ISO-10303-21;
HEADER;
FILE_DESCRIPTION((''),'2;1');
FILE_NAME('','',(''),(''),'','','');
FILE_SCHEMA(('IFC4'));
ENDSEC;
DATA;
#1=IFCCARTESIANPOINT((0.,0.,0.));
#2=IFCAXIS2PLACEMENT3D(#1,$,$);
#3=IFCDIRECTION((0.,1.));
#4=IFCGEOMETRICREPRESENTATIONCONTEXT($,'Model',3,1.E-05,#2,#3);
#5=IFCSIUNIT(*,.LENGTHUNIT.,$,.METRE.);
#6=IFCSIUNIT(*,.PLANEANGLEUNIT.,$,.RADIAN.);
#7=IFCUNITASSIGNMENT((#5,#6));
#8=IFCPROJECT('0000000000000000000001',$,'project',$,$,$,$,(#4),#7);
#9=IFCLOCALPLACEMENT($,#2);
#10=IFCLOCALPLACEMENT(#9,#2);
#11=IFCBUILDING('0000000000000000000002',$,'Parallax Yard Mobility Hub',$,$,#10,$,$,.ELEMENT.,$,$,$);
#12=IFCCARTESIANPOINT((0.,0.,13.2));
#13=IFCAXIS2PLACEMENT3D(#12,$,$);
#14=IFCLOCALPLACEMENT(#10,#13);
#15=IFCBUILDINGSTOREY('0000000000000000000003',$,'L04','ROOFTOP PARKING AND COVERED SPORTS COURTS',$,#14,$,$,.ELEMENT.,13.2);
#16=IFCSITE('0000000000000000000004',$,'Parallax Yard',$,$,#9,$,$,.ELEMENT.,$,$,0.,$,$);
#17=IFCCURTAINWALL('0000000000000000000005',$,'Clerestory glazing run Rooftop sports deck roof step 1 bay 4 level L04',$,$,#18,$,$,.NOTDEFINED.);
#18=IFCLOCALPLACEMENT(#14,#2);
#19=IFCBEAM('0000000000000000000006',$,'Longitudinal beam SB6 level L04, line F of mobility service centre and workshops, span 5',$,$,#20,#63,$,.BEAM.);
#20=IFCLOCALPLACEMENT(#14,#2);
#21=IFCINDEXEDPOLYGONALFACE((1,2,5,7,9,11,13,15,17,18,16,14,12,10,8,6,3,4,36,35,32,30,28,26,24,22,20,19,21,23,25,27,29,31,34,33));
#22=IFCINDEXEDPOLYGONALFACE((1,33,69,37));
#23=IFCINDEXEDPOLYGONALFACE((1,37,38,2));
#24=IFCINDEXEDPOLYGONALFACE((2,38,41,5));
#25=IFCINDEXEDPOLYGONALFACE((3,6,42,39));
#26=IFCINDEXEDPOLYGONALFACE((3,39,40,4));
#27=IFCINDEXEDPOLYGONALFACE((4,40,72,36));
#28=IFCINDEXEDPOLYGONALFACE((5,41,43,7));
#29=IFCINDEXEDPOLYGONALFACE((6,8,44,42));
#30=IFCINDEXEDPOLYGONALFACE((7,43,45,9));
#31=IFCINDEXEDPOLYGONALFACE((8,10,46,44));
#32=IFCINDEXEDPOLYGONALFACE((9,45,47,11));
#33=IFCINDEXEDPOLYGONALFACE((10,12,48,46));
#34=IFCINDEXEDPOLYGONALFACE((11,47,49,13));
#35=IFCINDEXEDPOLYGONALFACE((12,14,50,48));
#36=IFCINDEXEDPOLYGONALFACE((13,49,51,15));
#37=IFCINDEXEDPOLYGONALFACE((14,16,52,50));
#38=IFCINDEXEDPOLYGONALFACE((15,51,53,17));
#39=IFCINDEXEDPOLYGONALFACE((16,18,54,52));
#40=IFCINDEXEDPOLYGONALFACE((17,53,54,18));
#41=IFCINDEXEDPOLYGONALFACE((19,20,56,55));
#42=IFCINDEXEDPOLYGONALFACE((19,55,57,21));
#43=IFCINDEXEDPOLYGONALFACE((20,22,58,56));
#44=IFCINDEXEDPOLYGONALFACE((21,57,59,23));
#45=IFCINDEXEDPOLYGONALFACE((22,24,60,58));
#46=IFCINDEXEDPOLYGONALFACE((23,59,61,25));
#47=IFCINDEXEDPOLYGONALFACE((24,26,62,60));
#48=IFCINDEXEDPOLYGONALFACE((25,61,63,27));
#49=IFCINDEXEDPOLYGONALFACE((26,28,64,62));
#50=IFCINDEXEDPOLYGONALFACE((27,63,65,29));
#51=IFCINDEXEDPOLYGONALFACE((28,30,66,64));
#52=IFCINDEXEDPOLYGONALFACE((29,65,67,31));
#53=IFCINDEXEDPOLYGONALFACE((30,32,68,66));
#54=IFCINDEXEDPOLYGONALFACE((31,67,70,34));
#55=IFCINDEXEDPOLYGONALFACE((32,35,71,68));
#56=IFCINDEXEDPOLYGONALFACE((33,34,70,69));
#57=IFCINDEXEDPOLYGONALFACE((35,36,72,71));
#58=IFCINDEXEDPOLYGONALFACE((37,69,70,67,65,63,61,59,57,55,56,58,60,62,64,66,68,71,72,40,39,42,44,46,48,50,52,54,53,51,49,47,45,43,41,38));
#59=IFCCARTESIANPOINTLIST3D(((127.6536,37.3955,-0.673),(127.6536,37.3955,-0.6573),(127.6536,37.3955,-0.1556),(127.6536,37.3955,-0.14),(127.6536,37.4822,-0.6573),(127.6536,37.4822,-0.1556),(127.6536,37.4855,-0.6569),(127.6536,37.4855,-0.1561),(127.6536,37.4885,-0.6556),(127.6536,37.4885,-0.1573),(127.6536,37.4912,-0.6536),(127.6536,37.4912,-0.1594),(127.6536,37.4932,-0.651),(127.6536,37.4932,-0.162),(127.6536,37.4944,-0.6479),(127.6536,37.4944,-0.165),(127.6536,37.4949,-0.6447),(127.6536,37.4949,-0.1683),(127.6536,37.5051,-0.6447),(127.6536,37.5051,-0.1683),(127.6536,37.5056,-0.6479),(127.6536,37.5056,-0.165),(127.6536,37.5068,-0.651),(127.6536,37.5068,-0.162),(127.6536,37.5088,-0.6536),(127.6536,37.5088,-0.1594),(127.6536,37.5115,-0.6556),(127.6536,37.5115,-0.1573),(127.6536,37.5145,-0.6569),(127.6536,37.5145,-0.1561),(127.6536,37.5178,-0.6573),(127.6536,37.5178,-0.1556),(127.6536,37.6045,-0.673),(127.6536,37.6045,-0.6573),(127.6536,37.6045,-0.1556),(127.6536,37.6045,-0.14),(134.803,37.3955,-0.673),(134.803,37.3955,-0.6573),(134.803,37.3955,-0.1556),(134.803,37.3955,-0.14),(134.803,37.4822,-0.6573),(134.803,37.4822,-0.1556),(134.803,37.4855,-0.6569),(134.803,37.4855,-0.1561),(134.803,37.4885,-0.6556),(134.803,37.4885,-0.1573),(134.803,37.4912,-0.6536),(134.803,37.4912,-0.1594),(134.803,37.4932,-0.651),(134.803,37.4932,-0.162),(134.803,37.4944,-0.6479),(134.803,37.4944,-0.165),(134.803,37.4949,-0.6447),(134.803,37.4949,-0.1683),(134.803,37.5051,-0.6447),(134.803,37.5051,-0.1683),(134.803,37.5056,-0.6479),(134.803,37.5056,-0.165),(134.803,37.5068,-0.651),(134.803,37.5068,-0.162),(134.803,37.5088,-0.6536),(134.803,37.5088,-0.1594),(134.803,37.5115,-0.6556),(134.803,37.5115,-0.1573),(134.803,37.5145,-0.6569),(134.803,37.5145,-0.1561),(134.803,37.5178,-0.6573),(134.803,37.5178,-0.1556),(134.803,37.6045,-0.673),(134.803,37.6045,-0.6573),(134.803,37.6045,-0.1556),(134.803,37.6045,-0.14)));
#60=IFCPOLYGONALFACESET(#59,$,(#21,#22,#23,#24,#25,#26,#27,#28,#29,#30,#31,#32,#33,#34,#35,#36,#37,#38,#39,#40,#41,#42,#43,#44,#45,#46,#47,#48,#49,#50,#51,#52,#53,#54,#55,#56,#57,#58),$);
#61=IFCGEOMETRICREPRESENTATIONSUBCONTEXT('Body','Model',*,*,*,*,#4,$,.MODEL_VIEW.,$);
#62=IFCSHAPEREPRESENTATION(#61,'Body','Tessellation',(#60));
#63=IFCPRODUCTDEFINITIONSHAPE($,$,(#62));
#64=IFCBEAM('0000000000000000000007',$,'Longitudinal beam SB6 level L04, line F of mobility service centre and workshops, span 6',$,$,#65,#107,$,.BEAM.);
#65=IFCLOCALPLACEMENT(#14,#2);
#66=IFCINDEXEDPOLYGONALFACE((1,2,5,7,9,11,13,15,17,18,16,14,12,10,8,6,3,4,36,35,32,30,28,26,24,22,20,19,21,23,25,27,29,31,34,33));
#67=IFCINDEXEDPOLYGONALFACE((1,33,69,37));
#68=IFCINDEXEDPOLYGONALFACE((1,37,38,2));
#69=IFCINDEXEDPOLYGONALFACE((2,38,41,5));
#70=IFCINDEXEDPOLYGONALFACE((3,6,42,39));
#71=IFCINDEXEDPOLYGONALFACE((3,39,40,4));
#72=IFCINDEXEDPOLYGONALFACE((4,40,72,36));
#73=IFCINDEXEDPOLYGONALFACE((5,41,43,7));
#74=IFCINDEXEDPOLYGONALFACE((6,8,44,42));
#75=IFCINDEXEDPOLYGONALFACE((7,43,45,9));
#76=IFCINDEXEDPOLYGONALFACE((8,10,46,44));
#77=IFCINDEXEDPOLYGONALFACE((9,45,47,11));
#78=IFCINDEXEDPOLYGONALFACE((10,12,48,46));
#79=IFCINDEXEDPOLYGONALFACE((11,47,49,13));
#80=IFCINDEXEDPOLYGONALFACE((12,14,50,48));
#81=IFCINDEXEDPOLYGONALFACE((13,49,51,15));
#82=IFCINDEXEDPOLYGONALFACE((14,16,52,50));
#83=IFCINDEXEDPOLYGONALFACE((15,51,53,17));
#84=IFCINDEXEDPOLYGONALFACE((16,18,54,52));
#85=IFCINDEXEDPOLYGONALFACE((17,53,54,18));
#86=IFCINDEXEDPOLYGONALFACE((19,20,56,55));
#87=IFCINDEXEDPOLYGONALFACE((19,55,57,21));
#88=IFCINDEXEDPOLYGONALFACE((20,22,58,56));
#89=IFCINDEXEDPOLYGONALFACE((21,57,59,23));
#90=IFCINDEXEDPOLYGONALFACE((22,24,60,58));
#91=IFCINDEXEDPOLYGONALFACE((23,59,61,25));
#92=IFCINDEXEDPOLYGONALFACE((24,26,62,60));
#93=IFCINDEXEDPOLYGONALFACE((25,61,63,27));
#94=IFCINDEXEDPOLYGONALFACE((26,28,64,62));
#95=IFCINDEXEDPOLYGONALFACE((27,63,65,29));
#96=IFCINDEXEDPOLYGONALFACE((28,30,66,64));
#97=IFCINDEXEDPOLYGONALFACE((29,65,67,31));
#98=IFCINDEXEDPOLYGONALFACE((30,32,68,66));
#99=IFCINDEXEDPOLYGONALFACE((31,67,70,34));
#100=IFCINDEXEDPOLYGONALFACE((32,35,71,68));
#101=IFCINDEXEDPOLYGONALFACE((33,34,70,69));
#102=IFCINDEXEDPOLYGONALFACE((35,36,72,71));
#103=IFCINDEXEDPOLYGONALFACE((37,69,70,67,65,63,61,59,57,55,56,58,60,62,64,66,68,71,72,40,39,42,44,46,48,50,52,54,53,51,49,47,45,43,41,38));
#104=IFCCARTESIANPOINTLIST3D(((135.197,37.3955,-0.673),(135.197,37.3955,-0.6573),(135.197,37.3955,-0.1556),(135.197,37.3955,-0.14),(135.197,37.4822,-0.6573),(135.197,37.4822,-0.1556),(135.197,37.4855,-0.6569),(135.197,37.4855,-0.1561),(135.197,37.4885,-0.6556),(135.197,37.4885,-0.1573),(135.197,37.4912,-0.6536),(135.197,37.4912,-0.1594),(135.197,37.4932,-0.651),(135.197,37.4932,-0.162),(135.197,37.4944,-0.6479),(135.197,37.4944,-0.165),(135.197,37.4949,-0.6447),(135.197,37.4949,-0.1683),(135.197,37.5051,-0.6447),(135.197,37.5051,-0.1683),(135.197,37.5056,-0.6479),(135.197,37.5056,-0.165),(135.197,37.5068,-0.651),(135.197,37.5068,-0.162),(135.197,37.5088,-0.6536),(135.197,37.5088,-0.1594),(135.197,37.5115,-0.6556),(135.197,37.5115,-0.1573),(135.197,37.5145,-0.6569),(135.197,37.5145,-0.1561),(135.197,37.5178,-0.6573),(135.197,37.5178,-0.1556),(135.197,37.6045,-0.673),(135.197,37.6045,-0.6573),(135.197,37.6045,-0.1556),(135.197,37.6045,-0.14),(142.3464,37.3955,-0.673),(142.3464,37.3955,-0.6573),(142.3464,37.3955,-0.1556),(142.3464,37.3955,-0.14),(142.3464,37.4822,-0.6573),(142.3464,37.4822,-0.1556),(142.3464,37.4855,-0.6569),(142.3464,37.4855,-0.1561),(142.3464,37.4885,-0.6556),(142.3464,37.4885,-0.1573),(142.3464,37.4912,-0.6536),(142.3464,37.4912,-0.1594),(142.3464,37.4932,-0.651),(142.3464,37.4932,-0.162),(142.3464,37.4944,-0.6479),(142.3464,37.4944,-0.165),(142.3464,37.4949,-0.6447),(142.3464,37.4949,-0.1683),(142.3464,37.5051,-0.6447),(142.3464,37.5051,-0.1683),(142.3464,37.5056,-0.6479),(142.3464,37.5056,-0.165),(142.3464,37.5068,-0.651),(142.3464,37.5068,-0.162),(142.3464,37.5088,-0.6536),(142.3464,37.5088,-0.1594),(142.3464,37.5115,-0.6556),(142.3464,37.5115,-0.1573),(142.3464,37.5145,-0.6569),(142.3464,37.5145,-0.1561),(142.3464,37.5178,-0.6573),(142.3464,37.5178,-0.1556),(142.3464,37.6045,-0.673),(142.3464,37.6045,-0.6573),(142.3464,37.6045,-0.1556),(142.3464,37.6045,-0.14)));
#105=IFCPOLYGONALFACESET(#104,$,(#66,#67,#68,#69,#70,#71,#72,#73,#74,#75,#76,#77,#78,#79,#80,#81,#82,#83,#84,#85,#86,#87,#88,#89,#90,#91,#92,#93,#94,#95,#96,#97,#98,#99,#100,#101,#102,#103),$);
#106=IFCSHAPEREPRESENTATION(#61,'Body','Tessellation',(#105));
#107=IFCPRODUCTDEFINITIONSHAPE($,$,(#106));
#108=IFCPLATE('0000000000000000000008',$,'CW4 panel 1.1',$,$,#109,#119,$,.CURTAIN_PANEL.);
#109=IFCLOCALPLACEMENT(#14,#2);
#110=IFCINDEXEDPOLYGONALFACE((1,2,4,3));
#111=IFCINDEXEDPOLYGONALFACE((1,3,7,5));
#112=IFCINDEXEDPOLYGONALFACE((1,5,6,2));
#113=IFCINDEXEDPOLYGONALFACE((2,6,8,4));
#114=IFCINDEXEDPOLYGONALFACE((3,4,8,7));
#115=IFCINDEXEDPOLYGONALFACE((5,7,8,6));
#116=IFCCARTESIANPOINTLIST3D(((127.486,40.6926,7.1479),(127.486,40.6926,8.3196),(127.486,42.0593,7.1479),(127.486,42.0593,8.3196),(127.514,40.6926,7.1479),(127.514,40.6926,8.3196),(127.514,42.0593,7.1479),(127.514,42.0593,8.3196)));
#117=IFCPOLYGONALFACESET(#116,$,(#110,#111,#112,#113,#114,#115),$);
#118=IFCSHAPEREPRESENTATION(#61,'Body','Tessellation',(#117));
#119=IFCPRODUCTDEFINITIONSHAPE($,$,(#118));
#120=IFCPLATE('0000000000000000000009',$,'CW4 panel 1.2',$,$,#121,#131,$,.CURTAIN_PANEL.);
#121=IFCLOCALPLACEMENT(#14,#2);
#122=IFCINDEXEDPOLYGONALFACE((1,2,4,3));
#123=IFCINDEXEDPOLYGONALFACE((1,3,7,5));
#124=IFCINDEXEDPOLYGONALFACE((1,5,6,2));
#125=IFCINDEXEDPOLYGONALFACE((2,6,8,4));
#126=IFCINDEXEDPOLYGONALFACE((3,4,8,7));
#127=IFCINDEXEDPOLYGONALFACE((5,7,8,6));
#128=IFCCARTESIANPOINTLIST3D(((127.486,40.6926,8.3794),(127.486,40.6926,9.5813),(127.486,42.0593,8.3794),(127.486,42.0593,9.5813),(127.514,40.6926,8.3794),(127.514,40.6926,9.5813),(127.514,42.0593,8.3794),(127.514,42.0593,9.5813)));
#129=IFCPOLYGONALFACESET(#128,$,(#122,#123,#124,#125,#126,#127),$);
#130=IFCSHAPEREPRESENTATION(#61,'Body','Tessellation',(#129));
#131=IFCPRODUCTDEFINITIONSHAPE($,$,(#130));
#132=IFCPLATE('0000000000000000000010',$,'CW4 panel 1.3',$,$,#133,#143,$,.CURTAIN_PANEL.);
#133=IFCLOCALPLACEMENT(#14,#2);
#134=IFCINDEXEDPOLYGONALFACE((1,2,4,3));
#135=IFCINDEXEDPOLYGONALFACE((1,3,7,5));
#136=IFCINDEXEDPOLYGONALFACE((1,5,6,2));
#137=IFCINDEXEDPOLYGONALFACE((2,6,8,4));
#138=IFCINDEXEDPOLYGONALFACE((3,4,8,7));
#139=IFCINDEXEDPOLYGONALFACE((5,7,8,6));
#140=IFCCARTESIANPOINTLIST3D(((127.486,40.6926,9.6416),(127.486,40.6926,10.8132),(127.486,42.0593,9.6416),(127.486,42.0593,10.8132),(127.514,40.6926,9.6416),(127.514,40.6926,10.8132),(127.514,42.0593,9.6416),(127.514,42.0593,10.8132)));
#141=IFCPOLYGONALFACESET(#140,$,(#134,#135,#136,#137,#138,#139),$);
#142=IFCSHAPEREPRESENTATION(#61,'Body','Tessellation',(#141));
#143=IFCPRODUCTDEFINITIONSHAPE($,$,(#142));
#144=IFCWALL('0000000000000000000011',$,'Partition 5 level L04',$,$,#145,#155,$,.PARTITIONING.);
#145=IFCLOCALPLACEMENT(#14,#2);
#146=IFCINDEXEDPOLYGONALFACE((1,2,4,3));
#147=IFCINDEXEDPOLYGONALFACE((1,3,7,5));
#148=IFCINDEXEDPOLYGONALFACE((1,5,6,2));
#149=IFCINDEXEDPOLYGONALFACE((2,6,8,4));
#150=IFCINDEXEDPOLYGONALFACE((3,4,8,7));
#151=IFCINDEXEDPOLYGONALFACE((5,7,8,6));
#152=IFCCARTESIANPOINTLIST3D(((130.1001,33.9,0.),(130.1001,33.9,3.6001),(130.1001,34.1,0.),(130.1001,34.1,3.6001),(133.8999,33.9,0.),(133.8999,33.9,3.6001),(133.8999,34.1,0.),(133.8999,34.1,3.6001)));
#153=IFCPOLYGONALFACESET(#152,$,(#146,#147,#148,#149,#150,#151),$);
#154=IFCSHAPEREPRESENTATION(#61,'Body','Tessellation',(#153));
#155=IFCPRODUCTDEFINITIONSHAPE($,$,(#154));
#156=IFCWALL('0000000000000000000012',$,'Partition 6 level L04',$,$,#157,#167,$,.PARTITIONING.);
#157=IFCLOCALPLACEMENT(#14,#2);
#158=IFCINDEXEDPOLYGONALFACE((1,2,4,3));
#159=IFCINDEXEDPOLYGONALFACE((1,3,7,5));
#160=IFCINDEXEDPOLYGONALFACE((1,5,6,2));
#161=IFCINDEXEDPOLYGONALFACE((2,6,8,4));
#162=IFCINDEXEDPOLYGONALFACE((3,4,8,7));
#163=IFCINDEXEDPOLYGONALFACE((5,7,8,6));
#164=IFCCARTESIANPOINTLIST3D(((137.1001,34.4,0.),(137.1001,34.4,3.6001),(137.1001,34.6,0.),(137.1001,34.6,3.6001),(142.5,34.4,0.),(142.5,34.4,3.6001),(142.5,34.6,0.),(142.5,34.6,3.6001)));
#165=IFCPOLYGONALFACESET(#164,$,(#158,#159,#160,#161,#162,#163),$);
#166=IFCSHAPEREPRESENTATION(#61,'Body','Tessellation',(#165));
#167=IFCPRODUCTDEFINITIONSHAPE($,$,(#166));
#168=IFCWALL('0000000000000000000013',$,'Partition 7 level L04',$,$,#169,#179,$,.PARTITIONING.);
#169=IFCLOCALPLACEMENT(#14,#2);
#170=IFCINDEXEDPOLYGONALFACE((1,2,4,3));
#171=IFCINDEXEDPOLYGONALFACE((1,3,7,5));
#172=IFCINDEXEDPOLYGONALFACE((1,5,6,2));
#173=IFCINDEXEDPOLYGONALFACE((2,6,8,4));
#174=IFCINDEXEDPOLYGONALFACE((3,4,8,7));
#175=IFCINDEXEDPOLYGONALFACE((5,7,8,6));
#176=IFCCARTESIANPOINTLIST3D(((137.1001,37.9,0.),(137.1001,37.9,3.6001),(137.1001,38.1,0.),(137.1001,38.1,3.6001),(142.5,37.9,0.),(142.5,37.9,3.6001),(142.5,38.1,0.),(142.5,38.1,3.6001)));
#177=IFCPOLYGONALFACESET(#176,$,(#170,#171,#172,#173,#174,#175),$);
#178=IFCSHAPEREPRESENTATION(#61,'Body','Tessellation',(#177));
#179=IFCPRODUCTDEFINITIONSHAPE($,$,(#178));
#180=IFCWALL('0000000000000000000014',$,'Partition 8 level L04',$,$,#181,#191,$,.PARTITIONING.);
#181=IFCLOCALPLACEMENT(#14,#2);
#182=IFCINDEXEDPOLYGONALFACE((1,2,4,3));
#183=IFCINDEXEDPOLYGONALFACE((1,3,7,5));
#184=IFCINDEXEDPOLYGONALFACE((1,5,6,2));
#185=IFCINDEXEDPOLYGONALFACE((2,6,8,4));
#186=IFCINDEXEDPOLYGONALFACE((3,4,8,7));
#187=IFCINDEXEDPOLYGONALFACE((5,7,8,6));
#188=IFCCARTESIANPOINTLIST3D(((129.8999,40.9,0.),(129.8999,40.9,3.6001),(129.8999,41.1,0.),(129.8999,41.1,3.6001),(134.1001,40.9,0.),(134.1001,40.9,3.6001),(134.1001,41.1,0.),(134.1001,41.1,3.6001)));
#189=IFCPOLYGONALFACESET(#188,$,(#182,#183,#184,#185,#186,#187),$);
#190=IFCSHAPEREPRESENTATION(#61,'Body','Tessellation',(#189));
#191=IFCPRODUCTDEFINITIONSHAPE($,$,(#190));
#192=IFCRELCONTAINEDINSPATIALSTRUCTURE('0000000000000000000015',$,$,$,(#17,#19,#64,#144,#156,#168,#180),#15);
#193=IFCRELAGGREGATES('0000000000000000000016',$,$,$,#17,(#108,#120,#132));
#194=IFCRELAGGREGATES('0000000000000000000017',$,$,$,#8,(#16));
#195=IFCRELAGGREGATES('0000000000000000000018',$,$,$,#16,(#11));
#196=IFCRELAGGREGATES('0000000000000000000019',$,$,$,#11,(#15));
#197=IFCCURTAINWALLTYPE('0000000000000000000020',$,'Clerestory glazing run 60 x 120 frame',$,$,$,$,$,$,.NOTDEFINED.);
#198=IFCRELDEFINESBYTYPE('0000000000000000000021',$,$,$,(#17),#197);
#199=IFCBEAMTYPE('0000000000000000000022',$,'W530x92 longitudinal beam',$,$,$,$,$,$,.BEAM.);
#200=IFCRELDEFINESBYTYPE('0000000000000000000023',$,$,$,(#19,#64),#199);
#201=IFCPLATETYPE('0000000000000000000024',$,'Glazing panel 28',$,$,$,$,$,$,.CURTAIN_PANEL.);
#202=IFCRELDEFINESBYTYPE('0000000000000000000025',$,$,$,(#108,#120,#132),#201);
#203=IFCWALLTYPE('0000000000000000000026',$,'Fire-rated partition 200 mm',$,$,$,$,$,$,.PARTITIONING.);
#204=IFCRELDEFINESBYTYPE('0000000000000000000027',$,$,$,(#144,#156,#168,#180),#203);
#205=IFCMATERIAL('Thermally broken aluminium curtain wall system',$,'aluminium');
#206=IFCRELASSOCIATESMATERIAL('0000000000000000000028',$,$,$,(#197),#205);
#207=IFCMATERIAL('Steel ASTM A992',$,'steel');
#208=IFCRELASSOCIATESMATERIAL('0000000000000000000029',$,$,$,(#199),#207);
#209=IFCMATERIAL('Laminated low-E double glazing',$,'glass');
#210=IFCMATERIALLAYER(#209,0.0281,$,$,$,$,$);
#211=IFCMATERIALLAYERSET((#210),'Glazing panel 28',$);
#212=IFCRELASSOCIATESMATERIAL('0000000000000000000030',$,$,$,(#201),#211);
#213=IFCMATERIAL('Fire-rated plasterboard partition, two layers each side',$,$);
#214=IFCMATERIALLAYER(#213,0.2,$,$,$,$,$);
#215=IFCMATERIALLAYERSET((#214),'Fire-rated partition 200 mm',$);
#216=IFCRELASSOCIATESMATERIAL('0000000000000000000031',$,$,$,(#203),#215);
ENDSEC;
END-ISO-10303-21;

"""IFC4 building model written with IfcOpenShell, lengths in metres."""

from ifc_helpers import new_model, si_unit, direction, frame, frame_2d, origin, origin_2d, place, context, subcontext, project, spatial, rectangle, i_section, extrude, material, layer, layer_set, material_profile, profile_set, type_object, element, aggregate, save


model = new_model("IFC4")

# Units and contexts
model_context = context("Model", 3, precision=1e-05, world=origin(), true_north=direction((0.0, 1.0)))
body_context = subcontext(model_context, "Body", "Model", "MODEL_VIEW")
ifc_project = project(units=[si_unit("LENGTHUNIT", "METRE"), si_unit("PLANEANGLEUNIT", "RADIAN")], contexts=[model_context])

# Site, building, storey
site_placement = place(None, origin())
site = spatial("IfcSite", under=ifc_project, at=site_placement, Name="Parallax Yard", CompositionType="ELEMENT", RefElevation=0.0)
building_placement = place(site_placement, origin())
building = spatial("IfcBuilding", under=site, at=building_placement, Name="Parallax Yard Mobility Hub", CompositionType="ELEMENT")
storey_placement = place(building_placement, frame((0.0, 0.0, 13.2)))
storey = spatial("IfcBuildingStorey", under=building, at=storey_placement, Name="L04", Description="ROOFTOP PARKING AND COVERED SPORTS COURTS", CompositionType="ELEMENT", Elevation=13.2)

# Shared definitions
ifc_material_1 = material(Name="Steel ASTM A992", Category="steel")

# Shared definitions
ifc_material_2 = material(Name="Thermally broken aluminium curtain wall system", Category="aluminium")

# Curtain wall
curtain_wall_type_1 = type_object("IfcCurtainWallType", Name="Clerestory glazing run 60 x 120 frame", PredefinedType="NOTDEFINED", material=ifc_material_2)
curtain_wall_1_placement = place(storey_placement, origin())
curtain_wall_1 = element("IfcCurtainWall", 1, at=curtain_wall_1_placement, inside=storey, type_object=curtain_wall_type_1, Name="Clerestory glazing run Rooftop sports deck roof step 1 bay 4 level L04", PredefinedType="NOTDEFINED")

# Beams
ifc_material_profile_1 = material_profile(ifc_material_1, i_section(OverallWidth=0.209, OverallDepth=0.533, WebThickness=0.0103, FlangeThickness=0.0156, FilletRadius=0.0127, at=origin_2d()), Name="W530x92")
ifc_profile_set_1 = profile_set([ifc_material_profile_1], Name="Steel ASTM A992")
beam_type_1 = type_object("IfcBeamType", Name="W530x92 longitudinal beam", PredefinedType="BEAM", material=ifc_profile_set_1)
for number, where, z_axis, x_axis, name in (
    (2, (127.6536, 37.5, -0.4065), (1.0, 0.0, 0.0), (0.0, 1.0, 0.0), "Longitudinal beam SB6 level L04, line F of mobility service centre and workshops, span 5"),
    (3, (135.197, 37.5, -0.4065), (1.0, 0.0, 0.0), (0.0, 1.0, 0.0), "Longitudinal beam SB6 level L04, line F of mobility service centre and workshops, span 6"),
):
    element("IfcBeam", number, at=place(storey_placement, frame(where, z_axis=z_axis, x_axis=x_axis)), inside=storey, type_object=beam_type_1, Name=name, PredefinedType="BEAM", context=body_context, shape_type="SweptSolid", body=[
        extrude(i_section(OverallWidth=0.209, OverallDepth=0.533, WebThickness=0.0103, FlangeThickness=0.0156, FilletRadius=0.0127, at=origin_2d()), origin(), (0.0, 0.0, 1.0), 7.1494),
    ])

# Plates
ifc_material_3 = material(Name="Laminated low-E double glazing", Category="glass")
ifc_layer_1 = layer(ifc_material_3, 0.0281)
ifc_layer_set_1 = layer_set([ifc_layer_1], Name="Glazing panel 28")
plate_type = type_object("IfcPlateType", Name="Glazing panel 28", PredefinedType="CURTAIN_PANEL", material=ifc_layer_set_1)
plate_1_placement = place(storey_placement, frame((127.5, 41.376, 7.1479), z_axis=(0.0, 0.0, 1.0), x_axis=(0.0, 1.0, 0.0)))
plate_1 = element("IfcPlate", 4, at=plate_1_placement, type_object=plate_type, Name="CW4 panel 1.1", PredefinedType="CURTAIN_PANEL", context=body_context, shape_type="SweptSolid", body=[
    extrude(rectangle(XDim=1.3667, YDim=0.0281, at=origin_2d()), origin(), (0.0, 0.0, 1.0), 1.1716),
])
plate_2_placement = place(storey_placement, frame((127.5, 41.376, 8.3794), z_axis=(0.0, 0.0, 1.0), x_axis=(0.0, 1.0, 0.0)))
plate_2 = element("IfcPlate", 5, at=plate_2_placement, type_object=plate_type, Name="CW4 panel 1.2", PredefinedType="CURTAIN_PANEL", context=body_context, shape_type="SweptSolid", body=[
    extrude(rectangle(XDim=1.3667, YDim=0.0281, at=origin_2d()), origin(), (0.0, 0.0, 1.0), 1.2019),
])
plate_3_placement = place(storey_placement, frame((127.5, 41.376, 9.6416), z_axis=(0.0, 0.0, 1.0), x_axis=(0.0, 1.0, 0.0)))
plate_3 = element("IfcPlate", 6, at=plate_3_placement, type_object=plate_type, Name="CW4 panel 1.3", PredefinedType="CURTAIN_PANEL", context=body_context, shape_type="SweptSolid", body=[
    extrude(rectangle(XDim=1.3667, YDim=0.0281, at=origin_2d()), origin(), (0.0, 0.0, 1.0), 1.1716),
])
aggregate(curtain_wall_1, [plate_1, plate_2, plate_3])

# Walls
ifc_material_4 = material(Name="Fire-rated plasterboard partition, two layers each side")
ifc_layer_2 = layer(ifc_material_4, 0.2)
ifc_layer_set_2 = layer_set([ifc_layer_2], Name="Fire-rated partition 200 mm")
wall_type = type_object("IfcWallType", Name="Fire-rated partition 200 mm", PredefinedType="PARTITIONING", material=ifc_layer_set_2)
wall_1_placement = place(storey_placement, frame((130.1001, 34.0, 0.0), z_axis=(0.0, 0.0, 1.0), x_axis=(1.0, 0.0, 0.0)))
element("IfcWall", 7, at=wall_1_placement, inside=storey, type_object=wall_type, Name="Partition 5 level L04", PredefinedType="PARTITIONING", context=body_context, shape_type="SweptSolid", body=[
    extrude(rectangle(XDim=3.7998, YDim=0.2, at=frame_2d((1.8999, 0.0))), origin(), (0.0, 0.0, 1.0), 3.6001),
])
for number, where, z_axis, x_axis, name in (
    (8, (137.1001, 34.5, 0.0), (0.0, 0.0, 1.0), (1.0, 0.0, 0.0), "Partition 6 level L04"),
    (9, (137.1001, 38.0, 0.0), (0.0, 0.0, 1.0), (1.0, 0.0, 0.0), "Partition 7 level L04"),
):
    element("IfcWall", number, at=place(storey_placement, frame(where, z_axis=z_axis, x_axis=x_axis)), inside=storey, type_object=wall_type, Name=name, PredefinedType="PARTITIONING", context=body_context, shape_type="SweptSolid", body=[
        extrude(rectangle(XDim=5.3999, YDim=0.2, at=frame_2d((2.7, 0.0))), origin(), (0.0, 0.0, 1.0), 3.6001),
    ])
wall_2_placement = place(storey_placement, frame((129.8999, 41.0, 0.0), z_axis=(0.0, 0.0, 1.0), x_axis=(1.0, 0.0, 0.0)))
element("IfcWall", 10, at=wall_2_placement, inside=storey, type_object=wall_type, Name="Partition 8 level L04", PredefinedType="PARTITIONING", context=body_context, shape_type="SweptSolid", body=[
    extrude(rectangle(XDim=4.2002, YDim=0.2, at=frame_2d((2.1001, 0.0))), origin(), (0.0, 0.0, 1.0), 3.6001),
])

save(model, "model.ifc")
